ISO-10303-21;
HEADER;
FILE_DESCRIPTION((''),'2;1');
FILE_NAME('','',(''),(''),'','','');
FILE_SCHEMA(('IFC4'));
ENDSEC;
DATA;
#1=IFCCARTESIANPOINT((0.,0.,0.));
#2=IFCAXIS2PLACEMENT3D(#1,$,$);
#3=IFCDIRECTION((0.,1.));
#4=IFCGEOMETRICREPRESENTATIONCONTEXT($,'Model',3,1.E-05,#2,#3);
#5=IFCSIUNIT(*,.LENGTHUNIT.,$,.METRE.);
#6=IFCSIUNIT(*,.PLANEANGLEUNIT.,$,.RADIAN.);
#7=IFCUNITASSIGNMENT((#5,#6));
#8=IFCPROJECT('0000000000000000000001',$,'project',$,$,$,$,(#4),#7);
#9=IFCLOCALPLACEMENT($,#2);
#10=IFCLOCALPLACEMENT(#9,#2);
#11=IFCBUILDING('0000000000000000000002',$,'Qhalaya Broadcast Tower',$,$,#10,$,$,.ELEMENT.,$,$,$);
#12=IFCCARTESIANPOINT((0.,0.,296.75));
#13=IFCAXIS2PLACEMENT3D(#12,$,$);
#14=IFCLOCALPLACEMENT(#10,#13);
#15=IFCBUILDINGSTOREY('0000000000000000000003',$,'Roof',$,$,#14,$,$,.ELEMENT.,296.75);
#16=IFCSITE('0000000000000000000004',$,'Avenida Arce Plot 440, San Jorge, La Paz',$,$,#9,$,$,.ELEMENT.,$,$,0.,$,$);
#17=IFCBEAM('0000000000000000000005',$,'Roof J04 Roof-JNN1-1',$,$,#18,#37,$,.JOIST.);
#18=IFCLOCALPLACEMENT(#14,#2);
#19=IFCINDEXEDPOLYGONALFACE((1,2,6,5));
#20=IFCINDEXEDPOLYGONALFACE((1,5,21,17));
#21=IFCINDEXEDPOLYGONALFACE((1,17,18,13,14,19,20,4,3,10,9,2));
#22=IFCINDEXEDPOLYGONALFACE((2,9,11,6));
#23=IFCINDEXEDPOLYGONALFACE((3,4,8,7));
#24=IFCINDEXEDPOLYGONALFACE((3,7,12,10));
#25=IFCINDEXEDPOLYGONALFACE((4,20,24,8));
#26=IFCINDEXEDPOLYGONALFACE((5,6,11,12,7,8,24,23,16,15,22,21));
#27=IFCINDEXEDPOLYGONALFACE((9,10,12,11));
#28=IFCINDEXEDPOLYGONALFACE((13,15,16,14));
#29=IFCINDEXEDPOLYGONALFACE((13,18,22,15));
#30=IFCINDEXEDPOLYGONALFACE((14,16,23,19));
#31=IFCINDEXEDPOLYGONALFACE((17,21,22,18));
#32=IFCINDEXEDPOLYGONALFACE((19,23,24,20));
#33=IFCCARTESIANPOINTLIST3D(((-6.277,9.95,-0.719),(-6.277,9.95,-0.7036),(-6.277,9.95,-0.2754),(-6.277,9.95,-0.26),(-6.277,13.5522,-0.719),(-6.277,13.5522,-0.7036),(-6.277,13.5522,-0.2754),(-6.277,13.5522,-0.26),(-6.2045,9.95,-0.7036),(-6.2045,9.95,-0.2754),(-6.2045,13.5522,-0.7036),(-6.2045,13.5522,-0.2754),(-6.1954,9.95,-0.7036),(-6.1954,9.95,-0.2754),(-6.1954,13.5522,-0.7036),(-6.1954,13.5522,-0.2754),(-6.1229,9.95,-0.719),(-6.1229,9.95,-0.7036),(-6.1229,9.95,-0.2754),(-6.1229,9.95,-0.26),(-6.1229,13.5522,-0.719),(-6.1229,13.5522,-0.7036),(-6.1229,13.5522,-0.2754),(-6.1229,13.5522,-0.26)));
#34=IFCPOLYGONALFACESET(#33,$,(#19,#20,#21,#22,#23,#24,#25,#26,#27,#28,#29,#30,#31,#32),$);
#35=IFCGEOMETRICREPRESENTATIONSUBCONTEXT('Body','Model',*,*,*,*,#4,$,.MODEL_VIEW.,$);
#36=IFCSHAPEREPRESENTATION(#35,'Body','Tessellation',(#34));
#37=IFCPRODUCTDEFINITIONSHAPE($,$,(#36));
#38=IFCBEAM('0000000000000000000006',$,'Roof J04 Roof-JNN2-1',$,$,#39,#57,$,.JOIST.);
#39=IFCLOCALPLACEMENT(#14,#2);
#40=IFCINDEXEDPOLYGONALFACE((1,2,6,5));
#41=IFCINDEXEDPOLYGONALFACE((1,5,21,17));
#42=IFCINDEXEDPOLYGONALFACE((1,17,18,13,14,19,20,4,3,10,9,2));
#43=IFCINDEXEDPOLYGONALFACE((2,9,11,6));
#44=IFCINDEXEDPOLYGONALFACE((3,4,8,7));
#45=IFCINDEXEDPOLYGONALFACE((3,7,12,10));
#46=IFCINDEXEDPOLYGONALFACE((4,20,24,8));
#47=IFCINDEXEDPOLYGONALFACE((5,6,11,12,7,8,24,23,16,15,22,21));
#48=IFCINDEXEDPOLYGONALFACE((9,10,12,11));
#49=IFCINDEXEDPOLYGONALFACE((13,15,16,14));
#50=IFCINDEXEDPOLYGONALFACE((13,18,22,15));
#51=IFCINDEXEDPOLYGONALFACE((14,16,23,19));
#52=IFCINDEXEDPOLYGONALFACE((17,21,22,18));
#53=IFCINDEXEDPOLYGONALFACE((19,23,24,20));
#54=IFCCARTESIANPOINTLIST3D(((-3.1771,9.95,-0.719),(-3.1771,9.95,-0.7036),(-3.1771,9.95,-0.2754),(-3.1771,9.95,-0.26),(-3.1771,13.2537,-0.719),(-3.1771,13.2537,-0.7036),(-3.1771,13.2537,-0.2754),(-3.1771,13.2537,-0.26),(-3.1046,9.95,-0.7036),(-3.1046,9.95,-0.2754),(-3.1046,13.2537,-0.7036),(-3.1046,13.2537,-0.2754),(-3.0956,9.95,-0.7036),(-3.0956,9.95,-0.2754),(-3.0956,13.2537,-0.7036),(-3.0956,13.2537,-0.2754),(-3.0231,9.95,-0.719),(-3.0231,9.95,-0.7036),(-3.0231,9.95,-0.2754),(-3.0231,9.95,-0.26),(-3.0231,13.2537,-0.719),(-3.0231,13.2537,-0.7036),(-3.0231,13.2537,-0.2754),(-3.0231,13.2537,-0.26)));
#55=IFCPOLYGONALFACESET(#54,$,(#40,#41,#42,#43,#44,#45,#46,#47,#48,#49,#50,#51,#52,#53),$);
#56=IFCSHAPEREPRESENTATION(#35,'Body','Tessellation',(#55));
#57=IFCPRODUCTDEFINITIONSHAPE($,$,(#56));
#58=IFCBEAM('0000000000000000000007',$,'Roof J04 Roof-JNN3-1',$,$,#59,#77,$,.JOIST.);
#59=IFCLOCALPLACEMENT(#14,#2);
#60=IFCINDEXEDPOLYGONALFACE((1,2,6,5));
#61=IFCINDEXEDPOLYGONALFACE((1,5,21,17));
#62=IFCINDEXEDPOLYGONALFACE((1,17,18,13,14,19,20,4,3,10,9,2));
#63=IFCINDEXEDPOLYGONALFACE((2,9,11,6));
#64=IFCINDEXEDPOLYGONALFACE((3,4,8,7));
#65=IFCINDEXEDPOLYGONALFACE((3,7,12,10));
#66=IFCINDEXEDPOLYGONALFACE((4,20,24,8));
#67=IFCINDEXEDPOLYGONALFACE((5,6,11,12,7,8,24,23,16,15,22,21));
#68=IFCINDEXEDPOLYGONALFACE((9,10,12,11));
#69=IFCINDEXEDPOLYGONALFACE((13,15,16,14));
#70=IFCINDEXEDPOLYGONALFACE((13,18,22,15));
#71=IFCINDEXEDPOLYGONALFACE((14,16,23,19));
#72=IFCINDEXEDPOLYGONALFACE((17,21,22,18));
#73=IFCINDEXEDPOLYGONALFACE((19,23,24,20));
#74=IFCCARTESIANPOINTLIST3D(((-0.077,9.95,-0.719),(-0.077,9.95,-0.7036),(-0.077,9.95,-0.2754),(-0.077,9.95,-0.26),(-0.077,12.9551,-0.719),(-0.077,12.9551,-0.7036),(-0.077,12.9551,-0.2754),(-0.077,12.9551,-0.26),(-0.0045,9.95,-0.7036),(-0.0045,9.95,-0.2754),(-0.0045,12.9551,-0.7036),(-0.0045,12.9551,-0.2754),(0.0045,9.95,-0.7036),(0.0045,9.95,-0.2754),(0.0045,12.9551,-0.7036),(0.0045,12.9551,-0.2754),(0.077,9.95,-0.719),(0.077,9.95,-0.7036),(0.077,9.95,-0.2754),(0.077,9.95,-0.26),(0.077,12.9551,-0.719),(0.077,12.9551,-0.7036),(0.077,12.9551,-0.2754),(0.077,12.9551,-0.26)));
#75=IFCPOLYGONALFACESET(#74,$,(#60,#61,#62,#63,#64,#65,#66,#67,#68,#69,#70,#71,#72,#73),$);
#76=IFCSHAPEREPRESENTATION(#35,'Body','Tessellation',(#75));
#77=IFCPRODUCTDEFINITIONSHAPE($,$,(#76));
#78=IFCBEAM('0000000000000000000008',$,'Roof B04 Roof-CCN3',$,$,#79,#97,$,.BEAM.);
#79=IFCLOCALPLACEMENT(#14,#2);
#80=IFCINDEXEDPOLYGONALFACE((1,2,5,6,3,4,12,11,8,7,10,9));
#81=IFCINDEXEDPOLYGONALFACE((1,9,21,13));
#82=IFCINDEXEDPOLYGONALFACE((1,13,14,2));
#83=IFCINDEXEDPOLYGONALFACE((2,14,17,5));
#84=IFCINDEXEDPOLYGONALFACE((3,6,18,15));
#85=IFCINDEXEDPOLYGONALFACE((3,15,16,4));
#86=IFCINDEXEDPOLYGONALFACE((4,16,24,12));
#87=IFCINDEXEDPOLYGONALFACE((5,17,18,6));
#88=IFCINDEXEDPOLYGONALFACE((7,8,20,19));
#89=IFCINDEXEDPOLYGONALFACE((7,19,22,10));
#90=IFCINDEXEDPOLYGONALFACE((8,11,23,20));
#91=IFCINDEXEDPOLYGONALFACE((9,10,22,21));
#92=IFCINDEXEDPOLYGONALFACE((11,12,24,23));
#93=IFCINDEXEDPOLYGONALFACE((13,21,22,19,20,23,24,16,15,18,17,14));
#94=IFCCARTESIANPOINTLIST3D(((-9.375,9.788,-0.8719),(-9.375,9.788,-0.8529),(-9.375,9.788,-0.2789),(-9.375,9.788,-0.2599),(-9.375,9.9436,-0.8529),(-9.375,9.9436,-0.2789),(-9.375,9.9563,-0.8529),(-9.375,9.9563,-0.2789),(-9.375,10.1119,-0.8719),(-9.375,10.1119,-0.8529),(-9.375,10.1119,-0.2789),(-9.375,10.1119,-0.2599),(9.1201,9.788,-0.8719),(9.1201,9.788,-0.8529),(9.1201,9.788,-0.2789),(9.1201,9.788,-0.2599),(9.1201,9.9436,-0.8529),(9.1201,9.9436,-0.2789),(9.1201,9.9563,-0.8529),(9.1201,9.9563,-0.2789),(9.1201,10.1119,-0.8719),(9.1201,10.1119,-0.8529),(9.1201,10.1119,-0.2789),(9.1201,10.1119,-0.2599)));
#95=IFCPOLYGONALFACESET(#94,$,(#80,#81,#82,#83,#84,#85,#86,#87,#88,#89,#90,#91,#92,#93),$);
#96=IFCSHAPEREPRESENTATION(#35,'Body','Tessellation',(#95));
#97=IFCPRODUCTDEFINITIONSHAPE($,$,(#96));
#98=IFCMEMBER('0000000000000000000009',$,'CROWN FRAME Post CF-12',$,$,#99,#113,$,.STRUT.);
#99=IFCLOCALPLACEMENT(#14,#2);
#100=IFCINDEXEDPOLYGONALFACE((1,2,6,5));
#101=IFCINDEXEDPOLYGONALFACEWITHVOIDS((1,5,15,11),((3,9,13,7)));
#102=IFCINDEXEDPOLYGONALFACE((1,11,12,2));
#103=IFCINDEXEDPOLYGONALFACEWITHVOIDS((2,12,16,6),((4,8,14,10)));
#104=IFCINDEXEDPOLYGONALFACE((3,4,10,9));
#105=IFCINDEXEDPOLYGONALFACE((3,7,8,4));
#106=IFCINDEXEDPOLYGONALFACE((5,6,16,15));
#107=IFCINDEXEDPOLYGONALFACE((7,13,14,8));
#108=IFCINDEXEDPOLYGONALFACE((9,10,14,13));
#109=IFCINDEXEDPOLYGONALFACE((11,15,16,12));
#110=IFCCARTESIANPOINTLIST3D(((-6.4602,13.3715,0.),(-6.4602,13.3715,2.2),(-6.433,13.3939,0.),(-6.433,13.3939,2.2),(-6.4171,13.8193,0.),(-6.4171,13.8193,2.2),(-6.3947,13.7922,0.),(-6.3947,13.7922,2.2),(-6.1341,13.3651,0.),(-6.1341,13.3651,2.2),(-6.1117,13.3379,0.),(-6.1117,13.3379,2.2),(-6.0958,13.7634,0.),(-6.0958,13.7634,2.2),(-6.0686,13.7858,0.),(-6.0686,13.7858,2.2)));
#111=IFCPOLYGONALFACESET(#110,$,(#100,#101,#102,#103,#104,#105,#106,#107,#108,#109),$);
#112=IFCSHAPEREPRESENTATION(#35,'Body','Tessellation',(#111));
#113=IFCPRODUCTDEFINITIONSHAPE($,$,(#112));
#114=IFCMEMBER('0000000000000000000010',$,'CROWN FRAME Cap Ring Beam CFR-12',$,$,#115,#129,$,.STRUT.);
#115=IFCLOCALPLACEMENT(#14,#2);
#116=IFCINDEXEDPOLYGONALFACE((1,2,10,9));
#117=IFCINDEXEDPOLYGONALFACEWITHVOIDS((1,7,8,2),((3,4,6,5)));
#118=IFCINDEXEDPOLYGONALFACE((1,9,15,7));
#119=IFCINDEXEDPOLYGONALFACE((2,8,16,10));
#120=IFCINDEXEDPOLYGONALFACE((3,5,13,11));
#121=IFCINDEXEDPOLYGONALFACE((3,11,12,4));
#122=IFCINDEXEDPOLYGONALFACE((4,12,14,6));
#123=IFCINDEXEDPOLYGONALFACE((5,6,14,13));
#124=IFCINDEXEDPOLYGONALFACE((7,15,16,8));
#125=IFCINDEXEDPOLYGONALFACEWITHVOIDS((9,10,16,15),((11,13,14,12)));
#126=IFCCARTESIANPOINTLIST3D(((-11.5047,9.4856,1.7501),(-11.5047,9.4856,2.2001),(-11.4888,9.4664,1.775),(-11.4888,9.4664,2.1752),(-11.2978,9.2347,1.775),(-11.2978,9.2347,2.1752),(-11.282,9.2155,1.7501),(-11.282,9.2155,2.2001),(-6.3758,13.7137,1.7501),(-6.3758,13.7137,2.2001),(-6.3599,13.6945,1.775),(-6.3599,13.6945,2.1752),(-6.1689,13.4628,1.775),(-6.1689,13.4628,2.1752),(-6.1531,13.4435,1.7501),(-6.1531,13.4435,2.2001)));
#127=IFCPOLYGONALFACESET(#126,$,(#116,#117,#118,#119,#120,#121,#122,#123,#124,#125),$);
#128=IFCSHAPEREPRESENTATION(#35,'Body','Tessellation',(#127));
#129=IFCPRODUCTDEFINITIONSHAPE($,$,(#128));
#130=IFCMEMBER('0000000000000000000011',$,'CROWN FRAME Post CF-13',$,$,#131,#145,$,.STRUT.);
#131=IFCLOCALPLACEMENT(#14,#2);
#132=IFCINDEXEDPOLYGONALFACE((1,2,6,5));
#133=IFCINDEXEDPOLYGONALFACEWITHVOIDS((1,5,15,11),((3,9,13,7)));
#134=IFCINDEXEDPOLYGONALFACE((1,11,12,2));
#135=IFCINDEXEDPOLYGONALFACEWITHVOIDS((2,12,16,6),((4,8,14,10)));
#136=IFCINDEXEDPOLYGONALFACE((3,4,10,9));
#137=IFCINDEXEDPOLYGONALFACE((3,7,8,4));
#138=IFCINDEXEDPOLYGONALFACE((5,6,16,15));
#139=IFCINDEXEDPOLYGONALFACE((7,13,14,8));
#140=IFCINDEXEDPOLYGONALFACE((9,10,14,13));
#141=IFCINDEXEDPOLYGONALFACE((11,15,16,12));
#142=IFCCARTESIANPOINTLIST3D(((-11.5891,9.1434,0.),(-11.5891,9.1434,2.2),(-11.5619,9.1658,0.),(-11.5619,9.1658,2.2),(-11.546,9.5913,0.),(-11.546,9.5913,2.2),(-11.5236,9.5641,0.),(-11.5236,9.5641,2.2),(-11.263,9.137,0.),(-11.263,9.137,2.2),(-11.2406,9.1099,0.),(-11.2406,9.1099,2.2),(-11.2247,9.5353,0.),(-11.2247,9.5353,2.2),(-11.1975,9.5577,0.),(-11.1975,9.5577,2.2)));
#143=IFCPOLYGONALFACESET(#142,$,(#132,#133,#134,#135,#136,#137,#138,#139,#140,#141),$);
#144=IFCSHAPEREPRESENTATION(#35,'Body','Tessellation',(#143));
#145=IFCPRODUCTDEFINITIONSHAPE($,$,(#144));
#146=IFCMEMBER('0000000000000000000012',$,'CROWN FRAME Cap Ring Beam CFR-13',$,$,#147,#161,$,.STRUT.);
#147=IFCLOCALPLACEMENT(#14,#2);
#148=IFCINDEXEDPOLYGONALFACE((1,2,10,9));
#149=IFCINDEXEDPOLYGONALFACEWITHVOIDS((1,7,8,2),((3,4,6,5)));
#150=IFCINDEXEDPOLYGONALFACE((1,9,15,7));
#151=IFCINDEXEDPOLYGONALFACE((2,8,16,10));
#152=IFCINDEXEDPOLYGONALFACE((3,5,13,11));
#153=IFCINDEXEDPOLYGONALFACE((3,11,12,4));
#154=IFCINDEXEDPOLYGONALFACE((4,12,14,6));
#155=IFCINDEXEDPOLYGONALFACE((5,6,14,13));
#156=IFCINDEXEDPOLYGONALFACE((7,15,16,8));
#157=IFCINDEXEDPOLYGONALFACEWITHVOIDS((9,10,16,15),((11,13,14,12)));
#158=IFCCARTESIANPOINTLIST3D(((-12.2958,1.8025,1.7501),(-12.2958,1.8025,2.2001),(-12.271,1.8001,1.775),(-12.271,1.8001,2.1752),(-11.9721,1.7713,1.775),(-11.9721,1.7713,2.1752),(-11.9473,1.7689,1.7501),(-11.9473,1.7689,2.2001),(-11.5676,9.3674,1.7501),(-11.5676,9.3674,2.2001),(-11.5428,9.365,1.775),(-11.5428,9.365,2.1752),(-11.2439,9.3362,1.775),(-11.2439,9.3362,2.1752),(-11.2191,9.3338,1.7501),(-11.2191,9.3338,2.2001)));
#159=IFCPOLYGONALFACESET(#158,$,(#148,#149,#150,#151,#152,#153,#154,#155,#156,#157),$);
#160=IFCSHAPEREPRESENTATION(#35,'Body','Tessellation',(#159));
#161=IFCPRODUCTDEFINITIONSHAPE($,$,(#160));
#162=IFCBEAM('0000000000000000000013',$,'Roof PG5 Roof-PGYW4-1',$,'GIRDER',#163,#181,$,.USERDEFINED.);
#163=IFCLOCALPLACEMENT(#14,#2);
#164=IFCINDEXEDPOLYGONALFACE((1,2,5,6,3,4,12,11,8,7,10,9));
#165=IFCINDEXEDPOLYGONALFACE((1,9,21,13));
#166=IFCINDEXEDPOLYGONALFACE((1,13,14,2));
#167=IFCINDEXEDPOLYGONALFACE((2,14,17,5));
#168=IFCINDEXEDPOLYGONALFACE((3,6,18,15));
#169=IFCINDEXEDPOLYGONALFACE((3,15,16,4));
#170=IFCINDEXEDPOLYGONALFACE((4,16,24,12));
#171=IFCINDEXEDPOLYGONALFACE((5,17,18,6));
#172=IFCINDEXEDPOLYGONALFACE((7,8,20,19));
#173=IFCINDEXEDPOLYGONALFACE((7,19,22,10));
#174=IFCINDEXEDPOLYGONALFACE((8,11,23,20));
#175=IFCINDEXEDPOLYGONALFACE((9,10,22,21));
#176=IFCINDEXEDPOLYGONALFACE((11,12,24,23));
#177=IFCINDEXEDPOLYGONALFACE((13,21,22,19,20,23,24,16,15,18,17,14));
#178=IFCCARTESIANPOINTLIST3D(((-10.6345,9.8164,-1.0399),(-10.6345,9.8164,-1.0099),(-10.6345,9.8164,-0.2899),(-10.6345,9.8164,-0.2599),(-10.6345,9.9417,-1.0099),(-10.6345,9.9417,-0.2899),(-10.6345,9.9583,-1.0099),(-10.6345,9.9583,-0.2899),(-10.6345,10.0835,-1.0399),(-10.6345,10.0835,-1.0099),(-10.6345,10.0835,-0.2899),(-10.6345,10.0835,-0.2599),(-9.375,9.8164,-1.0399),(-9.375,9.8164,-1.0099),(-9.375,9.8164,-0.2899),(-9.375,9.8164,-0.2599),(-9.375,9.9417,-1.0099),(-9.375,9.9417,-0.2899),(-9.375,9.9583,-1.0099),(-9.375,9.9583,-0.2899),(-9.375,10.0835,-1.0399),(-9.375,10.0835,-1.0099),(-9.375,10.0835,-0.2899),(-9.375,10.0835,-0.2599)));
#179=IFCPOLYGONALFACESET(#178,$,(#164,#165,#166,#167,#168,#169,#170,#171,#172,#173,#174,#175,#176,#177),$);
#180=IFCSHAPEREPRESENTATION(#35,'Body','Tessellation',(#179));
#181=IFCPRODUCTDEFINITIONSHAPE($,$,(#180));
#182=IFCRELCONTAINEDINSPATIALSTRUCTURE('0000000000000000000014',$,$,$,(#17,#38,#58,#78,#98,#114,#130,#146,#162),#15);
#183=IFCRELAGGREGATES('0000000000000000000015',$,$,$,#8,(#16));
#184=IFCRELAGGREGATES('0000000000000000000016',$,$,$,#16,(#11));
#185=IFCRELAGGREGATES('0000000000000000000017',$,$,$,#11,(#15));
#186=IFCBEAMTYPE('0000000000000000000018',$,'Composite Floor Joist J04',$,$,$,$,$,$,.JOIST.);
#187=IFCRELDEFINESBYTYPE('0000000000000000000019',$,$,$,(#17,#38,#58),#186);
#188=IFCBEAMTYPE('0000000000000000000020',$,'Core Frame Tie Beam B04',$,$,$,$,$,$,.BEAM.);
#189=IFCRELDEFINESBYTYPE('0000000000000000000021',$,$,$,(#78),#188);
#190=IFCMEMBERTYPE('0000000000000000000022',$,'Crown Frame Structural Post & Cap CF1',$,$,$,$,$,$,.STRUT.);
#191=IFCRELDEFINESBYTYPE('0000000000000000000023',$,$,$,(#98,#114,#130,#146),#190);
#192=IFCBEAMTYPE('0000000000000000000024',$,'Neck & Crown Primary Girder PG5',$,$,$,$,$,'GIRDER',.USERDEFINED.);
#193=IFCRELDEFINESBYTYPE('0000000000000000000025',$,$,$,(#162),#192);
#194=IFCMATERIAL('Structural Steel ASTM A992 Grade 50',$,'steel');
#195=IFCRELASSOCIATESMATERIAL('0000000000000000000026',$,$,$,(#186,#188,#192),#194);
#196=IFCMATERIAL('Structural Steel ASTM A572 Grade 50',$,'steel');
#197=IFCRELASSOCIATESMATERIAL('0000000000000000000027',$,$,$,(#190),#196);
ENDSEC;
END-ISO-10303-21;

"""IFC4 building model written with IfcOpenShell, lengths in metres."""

from ifc_helpers import new_model, si_unit, direction, frame, origin, origin_2d, place, context, subcontext, project, spatial, hollow_rectangle, i_section, extrude, material, material_profile, profile_set, type_object, element, save


model = new_model("IFC4")

# Units and contexts
model_context = context("Model", 3, precision=1e-05, world=origin(), true_north=direction((0.0, 1.0)))
body_context = subcontext(model_context, "Body", "Model", "MODEL_VIEW")
ifc_project = project(units=[si_unit("LENGTHUNIT", "METRE"), si_unit("PLANEANGLEUNIT", "RADIAN")], contexts=[model_context])

# Site, building, storey
site_placement = place(None, origin())
site = spatial("IfcSite", under=ifc_project, at=site_placement, Name="Avenida Arce Plot 440, San Jorge, La Paz", CompositionType="ELEMENT", RefElevation=0.0)
building_placement = place(site_placement, origin())
building = spatial("IfcBuilding", under=site, at=building_placement, Name="Qhalaya Broadcast Tower", CompositionType="ELEMENT")
storey_placement = place(building_placement, frame((0.0, 0.0, 296.75)))
storey = spatial("IfcBuildingStorey", under=building, at=storey_placement, Name="Roof", CompositionType="ELEMENT", Elevation=296.75)

# Beams
ifc_material_1 = material(Name="Structural Steel ASTM A992 Grade 50", Category="steel")
ifc_material_profile_1 = material_profile(ifc_material_1, i_section(OverallWidth=0.1541, OverallDepth=0.459, WebThickness=0.009, FlangeThickness=0.0154, at=origin_2d()), Name="W18X46")
ifc_profile_set_1 = profile_set([ifc_material_profile_1], Name="Structural Steel ASTM A992 Grade 50")
beam_type_1 = type_object("IfcBeamType", Name="Composite Floor Joist J04", PredefinedType="JOIST", material=ifc_profile_set_1)
beam_1_placement = place(storey_placement, frame((-6.2, 9.95, -0.4895), z_axis=(0.0, 1.0, 0.0), x_axis=(-1.0, 0.0, 0.0)))
element("IfcBeam", 1, at=beam_1_placement, inside=storey, type_object=beam_type_1, Name="Roof J04 Roof-JNN1-1", PredefinedType="JOIST", context=body_context, shape_type="SweptSolid", body=[
    extrude(i_section(OverallWidth=0.1541, OverallDepth=0.459, WebThickness=0.009, FlangeThickness=0.0154, at=origin_2d()), origin(), (0.0, 0.0, 1.0), 3.6023),
])
beam_2_placement = place(storey_placement, frame((-3.1001, 9.95, -0.4895), z_axis=(0.0, 1.0, 0.0), x_axis=(-1.0, 0.0, 0.0)))
element("IfcBeam", 2, at=beam_2_placement, inside=storey, type_object=beam_type_1, Name="Roof J04 Roof-JNN2-1", PredefinedType="JOIST", context=body_context, shape_type="SweptSolid", body=[
    extrude(i_section(OverallWidth=0.1541, OverallDepth=0.459, WebThickness=0.009, FlangeThickness=0.0154, at=origin_2d()), origin(), (0.0, 0.0, 1.0), 3.3037),
])
beam_3_placement = place(storey_placement, frame((0.0, 9.95, -0.4895), z_axis=(0.0, 1.0, 0.0), x_axis=(-1.0, 0.0, 0.0)))
element("IfcBeam", 3, at=beam_3_placement, inside=storey, type_object=beam_type_1, Name="Roof J04 Roof-JNN3-1", PredefinedType="JOIST", context=body_context, shape_type="SweptSolid", body=[
    extrude(i_section(OverallWidth=0.1541, OverallDepth=0.459, WebThickness=0.009, FlangeThickness=0.0154, at=origin_2d()), origin(), (0.0, 0.0, 1.0), 3.0051),
])
ifc_material_profile_2 = material_profile(ifc_material_1, i_section(OverallWidth=0.324, OverallDepth=0.6121, WebThickness=0.0127, FlangeThickness=0.019, at=origin_2d()), Name="W24X104")
ifc_profile_set_2 = profile_set([ifc_material_profile_2], Name="Structural Steel ASTM A992 Grade 50")
beam_type_2 = type_object("IfcBeamType", Name="Core Frame Tie Beam B04", PredefinedType="BEAM", material=ifc_profile_set_2)
beam_4_placement = place(storey_placement, frame((-9.375, 9.95, -0.5659), z_axis=(1.0, 0.0, 0.0), x_axis=(0.0, 1.0, 0.0)))
element("IfcBeam", 4, at=beam_4_placement, inside=storey, type_object=beam_type_2, Name="Roof B04 Roof-CCN3", PredefinedType="BEAM", context=body_context, shape_type="SweptSolid", body=[
    extrude(i_section(OverallWidth=0.324, OverallDepth=0.6121, WebThickness=0.0127, FlangeThickness=0.019, at=origin_2d()), origin(), (0.0, 0.0, 1.0), 18.4951),
])

# Members
ifc_material_2 = material(Name="Structural Steel ASTM A572 Grade 50", Category="steel")
ifc_material_profile_3 = material_profile(ifc_material_2, hollow_rectangle(XDim=0.3501, YDim=0.45, WallThickness=0.0249, at=origin_2d()), Name="BOX 350x450x25")
ifc_profile_set_3 = profile_set([ifc_material_profile_3], Name="Structural Steel ASTM A572 Grade 50")
member_type = type_object("IfcMemberType", Name="Crown Frame Structural Post & Cap CF1", PredefinedType="STRUT", material=ifc_profile_set_3)
member_1_placement = place(storey_placement, frame((-6.2644, 13.5786, 0.0), z_axis=(0.0, 0.0, 1.0), x_axis=(0.995396, -0.095846, 0.0)))
element("IfcMember", 5, at=member_1_placement, inside=storey, type_object=member_type, Name="CROWN FRAME Post CF-12", PredefinedType="STRUT", context=body_context, shape_type="SweptSolid", body=[
    extrude(hollow_rectangle(XDim=0.3501, YDim=0.45, WallThickness=0.0249, at=origin_2d()), origin(), (0.0, 0.0, 1.0), 2.2),
])
member_2_placement = place(storey_placement, frame((-6.2644, 13.5786, 1.9751), z_axis=(-0.771618, -0.636086, 0.0), x_axis=(0.636086, -0.771618, 0.0)))
element("IfcMember", 6, at=member_2_placement, inside=storey, type_object=member_type, Name="CROWN FRAME Cap Ring Beam CFR-12", PredefinedType="STRUT", context=body_context, shape_type="SweptSolid", body=[
    extrude(hollow_rectangle(XDim=0.3501, YDim=0.45, WallThickness=0.0249, at=origin_2d()), origin(), (0.0, 0.0, 1.0), 6.647),
])
member_3_placement = place(storey_placement, frame((-11.3933, 9.3506, 0.0), z_axis=(0.0, 0.0, 1.0), x_axis=(0.995396, -0.095846, 0.0)))
element("IfcMember", 7, at=member_3_placement, inside=storey, type_object=member_type, Name="CROWN FRAME Post CF-13", PredefinedType="STRUT", context=body_context, shape_type="SweptSolid", body=[
    extrude(hollow_rectangle(XDim=0.3501, YDim=0.45, WallThickness=0.0249, at=origin_2d()), origin(), (0.0, 0.0, 1.0), 2.2),
])
member_4_placement = place(storey_placement, frame((-11.3933, 9.3506, 1.9751), z_axis=(-0.095826, -0.995398, 0.0), x_axis=(0.995398, -0.095826, 0.0)))
element("IfcMember", 8, at=member_4_placement, inside=storey, type_object=member_type, Name="CROWN FRAME Cap Ring Beam CFR-13", PredefinedType="STRUT", context=body_context, shape_type="SweptSolid", body=[
    extrude(hollow_rectangle(XDim=0.3501, YDim=0.45, WallThickness=0.0249, at=origin_2d()), origin(), (0.0, 0.0, 1.0), 7.5999),
])

# Beam
ifc_material_profile_4 = material_profile(ifc_material_1, i_section(OverallWidth=0.2671, OverallDepth=0.78, WebThickness=0.0166, FlangeThickness=0.03, at=origin_2d()), Name="W30X148")
ifc_profile_set_4 = profile_set([ifc_material_profile_4], Name="Structural Steel ASTM A992 Grade 50")
beam_type_3 = type_object("IfcBeamType", Name="Neck & Crown Primary Girder PG5", ElementType="GIRDER", PredefinedType="USERDEFINED", material=ifc_profile_set_4)
beam_5_placement = place(storey_placement, frame((-10.6345, 9.95, -0.6499), z_axis=(1.0, 0.0, 0.0), x_axis=(0.0, 1.0, 0.0)))
element("IfcBeam", 9, at=beam_5_placement, inside=storey, type_object=beam_type_3, Name="Roof PG5 Roof-PGYW4-1", ObjectType="GIRDER", PredefinedType="USERDEFINED", context=body_context, shape_type="SweptSolid", body=[
    extrude(i_section(OverallWidth=0.2671, OverallDepth=0.78, WebThickness=0.0166, FlangeThickness=0.03, at=origin_2d()), origin(), (0.0, 0.0, 1.0), 1.2595),
])

save(model, "model.ifc")
